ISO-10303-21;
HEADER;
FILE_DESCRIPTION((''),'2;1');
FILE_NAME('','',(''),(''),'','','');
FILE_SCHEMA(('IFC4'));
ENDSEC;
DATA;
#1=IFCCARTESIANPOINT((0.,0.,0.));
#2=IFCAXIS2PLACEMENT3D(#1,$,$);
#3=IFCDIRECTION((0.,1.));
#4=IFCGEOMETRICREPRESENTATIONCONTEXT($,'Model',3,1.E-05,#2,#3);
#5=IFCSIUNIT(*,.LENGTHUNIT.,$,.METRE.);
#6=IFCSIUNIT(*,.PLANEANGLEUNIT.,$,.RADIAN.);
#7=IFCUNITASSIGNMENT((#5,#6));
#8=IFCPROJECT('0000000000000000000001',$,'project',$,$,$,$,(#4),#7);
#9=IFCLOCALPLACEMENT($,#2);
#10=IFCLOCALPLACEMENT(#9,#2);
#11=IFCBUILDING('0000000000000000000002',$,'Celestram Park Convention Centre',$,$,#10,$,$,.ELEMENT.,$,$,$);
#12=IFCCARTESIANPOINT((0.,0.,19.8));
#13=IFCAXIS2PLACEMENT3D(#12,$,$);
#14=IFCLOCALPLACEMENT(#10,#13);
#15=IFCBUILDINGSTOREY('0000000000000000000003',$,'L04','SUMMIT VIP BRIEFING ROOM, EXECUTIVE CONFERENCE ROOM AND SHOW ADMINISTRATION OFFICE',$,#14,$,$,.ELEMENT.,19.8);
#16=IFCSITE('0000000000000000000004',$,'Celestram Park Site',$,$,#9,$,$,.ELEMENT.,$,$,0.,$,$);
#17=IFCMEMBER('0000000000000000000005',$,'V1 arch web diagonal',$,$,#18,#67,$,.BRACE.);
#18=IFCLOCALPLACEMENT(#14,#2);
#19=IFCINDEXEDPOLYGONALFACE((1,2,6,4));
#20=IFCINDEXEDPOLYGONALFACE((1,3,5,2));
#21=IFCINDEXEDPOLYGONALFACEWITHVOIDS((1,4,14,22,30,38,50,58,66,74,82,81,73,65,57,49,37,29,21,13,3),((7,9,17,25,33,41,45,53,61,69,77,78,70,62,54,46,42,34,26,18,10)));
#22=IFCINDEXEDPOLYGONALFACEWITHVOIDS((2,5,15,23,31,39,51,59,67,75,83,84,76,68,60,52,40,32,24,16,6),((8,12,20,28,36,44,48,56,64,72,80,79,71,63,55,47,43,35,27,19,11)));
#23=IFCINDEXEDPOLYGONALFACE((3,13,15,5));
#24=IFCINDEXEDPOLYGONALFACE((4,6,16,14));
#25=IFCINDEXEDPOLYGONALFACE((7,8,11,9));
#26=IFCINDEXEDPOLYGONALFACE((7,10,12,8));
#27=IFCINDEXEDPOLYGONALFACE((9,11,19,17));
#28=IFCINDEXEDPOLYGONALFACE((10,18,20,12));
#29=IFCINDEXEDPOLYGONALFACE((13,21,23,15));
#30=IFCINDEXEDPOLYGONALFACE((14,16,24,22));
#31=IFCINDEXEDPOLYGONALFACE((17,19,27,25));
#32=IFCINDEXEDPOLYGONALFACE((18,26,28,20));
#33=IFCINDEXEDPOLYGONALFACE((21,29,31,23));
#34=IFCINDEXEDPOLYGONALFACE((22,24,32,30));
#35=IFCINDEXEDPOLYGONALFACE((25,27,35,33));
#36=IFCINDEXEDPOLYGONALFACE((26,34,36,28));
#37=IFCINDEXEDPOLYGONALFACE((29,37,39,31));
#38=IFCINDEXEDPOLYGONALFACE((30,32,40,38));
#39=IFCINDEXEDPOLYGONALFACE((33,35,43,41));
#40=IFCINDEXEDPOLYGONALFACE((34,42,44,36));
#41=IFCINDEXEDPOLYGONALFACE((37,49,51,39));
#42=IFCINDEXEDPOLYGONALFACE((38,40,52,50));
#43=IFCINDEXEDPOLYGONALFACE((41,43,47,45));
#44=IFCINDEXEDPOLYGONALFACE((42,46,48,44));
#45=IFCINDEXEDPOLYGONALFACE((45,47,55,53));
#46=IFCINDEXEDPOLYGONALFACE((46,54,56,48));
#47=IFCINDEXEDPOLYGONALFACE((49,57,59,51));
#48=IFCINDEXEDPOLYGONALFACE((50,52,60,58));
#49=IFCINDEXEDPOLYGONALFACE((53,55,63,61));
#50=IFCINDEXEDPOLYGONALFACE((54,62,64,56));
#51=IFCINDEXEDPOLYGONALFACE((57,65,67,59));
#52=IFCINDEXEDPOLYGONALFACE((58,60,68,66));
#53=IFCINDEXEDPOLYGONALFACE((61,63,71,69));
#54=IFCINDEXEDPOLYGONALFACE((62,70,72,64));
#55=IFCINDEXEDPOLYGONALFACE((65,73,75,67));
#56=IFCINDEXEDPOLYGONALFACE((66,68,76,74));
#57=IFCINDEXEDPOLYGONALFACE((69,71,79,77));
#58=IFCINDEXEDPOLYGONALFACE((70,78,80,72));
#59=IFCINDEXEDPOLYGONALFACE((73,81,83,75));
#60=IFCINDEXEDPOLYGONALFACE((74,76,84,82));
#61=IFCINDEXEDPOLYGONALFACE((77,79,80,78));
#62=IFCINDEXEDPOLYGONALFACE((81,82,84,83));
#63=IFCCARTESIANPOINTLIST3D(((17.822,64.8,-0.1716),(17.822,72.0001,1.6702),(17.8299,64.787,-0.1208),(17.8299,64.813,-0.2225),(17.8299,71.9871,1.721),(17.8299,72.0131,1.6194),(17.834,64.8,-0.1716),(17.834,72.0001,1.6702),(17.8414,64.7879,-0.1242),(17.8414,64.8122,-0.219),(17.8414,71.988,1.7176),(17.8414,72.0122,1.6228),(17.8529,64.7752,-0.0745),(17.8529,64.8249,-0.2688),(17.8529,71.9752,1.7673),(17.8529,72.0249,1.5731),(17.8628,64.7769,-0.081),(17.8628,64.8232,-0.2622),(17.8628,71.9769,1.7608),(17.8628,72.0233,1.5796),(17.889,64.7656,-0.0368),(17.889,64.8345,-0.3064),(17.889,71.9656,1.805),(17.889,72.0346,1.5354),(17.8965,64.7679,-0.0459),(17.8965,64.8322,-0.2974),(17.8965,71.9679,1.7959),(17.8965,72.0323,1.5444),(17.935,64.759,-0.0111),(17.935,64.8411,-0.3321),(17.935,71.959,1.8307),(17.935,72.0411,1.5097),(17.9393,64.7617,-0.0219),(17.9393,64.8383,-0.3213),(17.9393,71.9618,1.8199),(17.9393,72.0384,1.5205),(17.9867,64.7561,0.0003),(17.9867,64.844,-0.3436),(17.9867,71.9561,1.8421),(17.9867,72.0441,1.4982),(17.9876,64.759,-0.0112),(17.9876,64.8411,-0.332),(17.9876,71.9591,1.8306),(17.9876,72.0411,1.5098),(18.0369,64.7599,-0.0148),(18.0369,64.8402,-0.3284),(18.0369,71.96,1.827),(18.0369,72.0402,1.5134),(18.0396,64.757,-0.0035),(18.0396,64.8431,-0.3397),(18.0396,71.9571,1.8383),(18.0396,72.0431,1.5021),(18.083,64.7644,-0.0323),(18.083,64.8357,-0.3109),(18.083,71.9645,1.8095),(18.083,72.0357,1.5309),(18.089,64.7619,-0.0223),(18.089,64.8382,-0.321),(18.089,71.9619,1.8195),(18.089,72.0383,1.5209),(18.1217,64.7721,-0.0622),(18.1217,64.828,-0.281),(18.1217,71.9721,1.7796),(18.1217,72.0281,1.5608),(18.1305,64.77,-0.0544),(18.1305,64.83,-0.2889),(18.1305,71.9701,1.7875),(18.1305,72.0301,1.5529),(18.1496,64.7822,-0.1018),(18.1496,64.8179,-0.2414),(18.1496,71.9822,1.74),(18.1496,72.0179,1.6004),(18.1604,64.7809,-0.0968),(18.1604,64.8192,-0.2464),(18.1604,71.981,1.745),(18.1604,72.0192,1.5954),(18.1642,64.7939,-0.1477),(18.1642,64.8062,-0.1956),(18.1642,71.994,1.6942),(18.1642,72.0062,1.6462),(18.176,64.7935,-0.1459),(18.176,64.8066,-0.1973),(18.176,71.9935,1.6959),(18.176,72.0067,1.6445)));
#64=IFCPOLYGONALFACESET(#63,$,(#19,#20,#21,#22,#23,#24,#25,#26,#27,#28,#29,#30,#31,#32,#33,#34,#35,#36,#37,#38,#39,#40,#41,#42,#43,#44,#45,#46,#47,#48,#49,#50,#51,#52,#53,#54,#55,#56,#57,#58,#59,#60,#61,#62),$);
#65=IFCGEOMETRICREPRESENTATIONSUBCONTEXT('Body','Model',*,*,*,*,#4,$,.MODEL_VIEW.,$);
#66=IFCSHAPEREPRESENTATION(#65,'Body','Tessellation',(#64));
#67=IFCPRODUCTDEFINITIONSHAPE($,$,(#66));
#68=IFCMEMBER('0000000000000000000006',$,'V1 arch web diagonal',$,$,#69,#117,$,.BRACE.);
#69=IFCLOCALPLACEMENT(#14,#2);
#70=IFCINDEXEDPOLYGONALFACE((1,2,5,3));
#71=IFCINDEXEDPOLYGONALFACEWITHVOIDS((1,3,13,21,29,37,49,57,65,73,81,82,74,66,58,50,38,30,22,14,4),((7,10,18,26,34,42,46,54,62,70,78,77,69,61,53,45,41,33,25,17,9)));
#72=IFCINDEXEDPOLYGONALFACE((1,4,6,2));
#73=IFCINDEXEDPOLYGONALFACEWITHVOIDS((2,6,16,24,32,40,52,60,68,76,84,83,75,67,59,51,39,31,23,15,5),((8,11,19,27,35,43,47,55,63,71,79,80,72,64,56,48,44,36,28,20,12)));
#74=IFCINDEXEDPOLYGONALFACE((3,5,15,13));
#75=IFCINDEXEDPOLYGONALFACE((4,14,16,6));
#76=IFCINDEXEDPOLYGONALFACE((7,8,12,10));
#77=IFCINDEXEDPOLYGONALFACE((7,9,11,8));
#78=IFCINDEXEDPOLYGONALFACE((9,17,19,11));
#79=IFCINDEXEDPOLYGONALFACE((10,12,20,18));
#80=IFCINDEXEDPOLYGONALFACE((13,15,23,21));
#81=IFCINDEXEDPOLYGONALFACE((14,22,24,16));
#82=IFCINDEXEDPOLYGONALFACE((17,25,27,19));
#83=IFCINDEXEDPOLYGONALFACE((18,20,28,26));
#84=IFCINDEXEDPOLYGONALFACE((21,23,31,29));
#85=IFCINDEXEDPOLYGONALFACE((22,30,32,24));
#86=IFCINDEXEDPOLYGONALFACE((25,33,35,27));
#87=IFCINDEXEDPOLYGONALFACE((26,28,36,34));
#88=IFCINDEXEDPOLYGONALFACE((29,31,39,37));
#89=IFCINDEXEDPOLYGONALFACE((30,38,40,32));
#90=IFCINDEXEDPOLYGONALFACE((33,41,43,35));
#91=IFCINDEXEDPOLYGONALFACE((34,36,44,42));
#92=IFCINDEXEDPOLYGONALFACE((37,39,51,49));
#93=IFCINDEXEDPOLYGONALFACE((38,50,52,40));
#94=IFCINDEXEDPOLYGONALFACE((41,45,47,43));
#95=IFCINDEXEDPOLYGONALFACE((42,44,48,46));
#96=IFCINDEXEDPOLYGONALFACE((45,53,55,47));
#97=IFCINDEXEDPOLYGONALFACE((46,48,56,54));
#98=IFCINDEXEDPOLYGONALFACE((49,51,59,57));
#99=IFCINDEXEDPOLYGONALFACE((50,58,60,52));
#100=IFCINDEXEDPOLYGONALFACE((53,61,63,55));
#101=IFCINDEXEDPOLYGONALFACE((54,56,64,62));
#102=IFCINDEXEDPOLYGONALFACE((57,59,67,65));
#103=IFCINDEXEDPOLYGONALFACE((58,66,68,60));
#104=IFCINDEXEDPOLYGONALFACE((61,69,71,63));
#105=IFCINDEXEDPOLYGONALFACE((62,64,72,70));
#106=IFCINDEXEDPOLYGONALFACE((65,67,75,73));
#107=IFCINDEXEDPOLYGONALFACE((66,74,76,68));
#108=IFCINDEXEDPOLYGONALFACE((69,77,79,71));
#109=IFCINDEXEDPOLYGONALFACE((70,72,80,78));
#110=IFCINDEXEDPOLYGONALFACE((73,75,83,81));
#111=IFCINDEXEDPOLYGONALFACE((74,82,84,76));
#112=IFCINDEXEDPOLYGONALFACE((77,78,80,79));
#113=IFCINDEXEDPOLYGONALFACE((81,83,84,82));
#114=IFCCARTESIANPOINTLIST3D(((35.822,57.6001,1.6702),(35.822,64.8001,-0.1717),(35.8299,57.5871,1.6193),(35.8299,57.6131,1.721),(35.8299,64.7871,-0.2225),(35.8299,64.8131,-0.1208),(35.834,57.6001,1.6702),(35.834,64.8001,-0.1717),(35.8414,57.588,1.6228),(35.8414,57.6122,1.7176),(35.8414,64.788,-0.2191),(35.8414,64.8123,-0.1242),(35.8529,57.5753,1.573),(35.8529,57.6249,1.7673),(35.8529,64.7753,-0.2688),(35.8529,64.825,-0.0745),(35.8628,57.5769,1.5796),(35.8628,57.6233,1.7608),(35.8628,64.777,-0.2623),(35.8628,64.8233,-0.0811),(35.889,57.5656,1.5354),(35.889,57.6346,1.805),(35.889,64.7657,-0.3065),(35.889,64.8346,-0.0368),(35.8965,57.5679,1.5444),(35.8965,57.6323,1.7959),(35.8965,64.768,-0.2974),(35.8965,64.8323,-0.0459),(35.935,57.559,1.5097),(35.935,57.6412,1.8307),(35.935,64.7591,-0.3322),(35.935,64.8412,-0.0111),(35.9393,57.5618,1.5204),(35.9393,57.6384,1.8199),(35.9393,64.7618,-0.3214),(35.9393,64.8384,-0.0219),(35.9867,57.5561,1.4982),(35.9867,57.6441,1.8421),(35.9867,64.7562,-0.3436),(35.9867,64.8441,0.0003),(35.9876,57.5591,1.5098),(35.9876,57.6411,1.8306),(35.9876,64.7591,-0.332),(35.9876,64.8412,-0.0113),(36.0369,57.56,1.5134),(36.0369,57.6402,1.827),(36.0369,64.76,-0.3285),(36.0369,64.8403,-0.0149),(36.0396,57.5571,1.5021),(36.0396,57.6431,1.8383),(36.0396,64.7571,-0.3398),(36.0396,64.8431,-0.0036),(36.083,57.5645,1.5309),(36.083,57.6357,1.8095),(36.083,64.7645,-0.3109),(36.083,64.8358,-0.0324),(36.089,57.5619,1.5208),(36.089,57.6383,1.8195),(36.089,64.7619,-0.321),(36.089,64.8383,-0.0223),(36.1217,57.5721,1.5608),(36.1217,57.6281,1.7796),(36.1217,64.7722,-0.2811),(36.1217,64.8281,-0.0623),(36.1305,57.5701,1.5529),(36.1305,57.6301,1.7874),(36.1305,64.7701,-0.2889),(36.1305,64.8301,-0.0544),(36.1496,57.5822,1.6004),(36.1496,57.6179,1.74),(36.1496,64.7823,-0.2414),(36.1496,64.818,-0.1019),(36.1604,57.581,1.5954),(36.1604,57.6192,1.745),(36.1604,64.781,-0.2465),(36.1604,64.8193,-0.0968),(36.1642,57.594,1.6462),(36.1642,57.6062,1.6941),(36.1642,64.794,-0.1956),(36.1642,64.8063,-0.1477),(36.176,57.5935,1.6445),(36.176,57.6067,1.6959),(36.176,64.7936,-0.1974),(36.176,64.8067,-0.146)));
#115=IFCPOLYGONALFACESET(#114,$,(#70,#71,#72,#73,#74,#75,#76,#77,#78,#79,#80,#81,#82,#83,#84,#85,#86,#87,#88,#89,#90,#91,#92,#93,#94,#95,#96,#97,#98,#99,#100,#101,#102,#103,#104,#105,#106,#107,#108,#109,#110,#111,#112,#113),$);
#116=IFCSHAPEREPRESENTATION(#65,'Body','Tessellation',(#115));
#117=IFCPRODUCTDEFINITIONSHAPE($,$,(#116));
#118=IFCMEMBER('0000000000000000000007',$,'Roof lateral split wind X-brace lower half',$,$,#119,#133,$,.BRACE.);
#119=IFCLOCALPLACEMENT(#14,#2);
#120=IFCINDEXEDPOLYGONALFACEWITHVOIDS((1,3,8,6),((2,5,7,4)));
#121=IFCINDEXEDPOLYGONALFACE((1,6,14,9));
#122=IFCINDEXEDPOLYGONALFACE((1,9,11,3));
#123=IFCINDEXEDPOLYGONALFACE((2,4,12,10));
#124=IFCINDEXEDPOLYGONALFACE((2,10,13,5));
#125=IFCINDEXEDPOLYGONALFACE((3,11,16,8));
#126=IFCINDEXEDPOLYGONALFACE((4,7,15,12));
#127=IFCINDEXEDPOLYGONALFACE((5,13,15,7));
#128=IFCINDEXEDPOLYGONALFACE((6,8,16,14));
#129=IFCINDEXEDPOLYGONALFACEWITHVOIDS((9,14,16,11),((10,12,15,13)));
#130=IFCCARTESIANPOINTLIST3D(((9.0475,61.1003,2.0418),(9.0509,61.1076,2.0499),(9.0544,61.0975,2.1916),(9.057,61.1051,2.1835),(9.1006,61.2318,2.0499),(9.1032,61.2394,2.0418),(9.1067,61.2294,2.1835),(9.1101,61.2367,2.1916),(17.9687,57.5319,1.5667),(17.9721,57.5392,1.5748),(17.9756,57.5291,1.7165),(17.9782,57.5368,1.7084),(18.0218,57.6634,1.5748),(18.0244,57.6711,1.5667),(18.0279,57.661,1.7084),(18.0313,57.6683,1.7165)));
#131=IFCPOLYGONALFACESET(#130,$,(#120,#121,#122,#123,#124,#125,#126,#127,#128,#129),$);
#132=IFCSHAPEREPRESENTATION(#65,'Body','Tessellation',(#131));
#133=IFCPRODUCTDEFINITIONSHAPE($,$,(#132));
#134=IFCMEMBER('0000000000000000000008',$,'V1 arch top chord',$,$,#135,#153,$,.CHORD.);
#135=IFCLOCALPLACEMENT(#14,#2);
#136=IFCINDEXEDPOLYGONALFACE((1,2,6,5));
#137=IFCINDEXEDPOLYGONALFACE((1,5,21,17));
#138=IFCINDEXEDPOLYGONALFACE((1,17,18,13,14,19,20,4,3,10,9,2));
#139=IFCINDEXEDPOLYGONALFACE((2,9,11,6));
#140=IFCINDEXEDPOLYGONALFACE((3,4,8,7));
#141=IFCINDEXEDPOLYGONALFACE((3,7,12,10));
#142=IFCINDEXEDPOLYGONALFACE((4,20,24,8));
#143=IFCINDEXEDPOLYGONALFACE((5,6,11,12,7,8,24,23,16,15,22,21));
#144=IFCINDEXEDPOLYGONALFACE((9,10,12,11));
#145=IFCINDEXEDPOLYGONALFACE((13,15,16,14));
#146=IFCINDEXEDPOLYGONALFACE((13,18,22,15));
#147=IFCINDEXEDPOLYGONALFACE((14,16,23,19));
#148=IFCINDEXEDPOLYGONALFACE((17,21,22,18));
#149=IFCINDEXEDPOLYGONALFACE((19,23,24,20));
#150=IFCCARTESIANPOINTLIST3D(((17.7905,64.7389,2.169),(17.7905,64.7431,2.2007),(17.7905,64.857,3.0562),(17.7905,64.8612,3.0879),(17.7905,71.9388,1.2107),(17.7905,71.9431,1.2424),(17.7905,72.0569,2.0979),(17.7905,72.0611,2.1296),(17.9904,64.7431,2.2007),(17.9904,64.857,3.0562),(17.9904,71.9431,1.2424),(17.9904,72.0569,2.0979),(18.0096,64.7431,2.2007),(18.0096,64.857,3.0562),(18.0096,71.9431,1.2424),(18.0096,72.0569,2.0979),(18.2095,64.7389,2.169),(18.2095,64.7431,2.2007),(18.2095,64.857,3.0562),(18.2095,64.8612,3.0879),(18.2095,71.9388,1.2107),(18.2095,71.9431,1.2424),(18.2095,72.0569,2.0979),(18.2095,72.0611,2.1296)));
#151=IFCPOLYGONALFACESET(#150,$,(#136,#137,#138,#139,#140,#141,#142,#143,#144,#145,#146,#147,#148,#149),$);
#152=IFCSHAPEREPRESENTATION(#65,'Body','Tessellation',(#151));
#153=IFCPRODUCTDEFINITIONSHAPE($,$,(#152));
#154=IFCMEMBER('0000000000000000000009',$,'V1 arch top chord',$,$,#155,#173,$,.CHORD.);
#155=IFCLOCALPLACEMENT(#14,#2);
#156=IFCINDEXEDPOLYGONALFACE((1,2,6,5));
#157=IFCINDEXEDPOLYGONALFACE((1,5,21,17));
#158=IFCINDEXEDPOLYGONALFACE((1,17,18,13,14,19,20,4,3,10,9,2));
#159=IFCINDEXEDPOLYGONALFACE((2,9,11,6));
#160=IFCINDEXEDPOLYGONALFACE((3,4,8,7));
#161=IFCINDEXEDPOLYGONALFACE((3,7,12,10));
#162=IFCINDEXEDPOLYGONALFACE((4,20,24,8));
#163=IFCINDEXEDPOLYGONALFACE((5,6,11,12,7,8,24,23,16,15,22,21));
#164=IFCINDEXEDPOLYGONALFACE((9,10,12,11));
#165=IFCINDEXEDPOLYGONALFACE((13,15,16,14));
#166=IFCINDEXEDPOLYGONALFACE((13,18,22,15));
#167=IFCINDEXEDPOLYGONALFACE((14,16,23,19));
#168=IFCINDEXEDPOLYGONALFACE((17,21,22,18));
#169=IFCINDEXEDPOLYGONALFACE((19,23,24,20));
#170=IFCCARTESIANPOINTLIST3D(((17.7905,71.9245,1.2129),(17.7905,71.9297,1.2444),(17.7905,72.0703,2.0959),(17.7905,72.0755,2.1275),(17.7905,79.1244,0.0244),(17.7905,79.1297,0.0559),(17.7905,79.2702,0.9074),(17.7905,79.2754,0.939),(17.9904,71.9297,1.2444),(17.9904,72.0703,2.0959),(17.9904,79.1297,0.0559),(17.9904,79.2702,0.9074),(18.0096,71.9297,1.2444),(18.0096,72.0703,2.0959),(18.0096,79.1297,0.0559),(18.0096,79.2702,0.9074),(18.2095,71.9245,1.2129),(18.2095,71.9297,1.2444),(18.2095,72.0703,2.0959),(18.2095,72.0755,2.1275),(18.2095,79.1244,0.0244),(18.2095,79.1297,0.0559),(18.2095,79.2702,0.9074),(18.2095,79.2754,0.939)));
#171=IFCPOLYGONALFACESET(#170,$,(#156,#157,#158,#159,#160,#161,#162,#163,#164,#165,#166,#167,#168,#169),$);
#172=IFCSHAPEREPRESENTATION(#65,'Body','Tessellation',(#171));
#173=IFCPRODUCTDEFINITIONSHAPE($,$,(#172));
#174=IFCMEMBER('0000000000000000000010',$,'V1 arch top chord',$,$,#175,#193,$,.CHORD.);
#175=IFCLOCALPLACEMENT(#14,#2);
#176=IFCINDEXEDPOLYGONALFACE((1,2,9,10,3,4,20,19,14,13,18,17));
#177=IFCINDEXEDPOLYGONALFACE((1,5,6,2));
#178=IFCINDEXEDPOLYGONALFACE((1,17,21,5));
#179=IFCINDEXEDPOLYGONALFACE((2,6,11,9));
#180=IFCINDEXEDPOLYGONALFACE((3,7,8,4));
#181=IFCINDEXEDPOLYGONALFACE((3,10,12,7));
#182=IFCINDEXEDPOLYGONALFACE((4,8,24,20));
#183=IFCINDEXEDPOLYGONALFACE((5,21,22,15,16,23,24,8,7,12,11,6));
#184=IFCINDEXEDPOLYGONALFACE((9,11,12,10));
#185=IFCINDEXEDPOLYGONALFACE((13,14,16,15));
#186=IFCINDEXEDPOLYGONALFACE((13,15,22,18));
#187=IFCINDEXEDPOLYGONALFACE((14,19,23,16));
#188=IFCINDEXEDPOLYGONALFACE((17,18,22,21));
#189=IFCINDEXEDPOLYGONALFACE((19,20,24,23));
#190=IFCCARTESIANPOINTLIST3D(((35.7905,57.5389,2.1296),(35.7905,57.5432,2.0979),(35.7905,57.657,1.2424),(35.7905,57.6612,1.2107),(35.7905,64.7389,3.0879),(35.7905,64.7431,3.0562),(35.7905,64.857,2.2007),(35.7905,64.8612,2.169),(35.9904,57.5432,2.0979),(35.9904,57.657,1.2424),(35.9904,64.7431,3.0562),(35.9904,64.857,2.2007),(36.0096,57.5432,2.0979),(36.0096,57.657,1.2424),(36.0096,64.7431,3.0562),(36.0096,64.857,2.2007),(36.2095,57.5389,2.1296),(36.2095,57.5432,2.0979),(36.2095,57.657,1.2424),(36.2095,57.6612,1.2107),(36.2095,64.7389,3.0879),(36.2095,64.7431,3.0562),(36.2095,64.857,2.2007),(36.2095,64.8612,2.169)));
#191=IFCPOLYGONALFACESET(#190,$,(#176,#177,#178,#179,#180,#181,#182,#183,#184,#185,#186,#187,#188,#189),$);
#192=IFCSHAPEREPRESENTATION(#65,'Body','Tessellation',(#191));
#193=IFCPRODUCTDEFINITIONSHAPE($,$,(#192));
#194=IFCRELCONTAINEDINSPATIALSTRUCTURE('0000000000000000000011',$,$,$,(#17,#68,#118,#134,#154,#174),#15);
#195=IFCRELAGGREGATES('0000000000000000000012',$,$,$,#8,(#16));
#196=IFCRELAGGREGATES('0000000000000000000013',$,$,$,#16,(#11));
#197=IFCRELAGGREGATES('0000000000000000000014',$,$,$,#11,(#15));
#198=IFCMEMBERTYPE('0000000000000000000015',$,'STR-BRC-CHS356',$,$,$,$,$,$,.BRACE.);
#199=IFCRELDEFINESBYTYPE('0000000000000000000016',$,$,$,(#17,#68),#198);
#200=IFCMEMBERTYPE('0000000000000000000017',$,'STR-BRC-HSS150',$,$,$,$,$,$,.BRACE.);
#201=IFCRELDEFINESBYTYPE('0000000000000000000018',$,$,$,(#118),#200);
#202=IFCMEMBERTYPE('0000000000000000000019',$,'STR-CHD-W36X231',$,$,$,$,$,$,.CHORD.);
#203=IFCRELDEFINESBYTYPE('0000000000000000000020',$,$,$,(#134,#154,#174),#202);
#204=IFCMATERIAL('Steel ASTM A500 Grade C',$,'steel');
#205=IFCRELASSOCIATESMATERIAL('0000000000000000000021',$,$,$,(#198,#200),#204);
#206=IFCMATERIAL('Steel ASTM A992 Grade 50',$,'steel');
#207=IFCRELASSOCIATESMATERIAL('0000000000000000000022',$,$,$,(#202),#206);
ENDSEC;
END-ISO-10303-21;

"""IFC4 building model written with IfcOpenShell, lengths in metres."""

from ifc_helpers import new_model, si_unit, direction, frame, origin, origin_2d, place, context, subcontext, project, spatial, hollow_rectangle, hollow_circle, i_section, extrude, material, material_profile, profile_set, type_object, element, save


model = new_model("IFC4")

# Units and contexts
model_context = context("Model", 3, precision=1e-05, world=origin(), true_north=direction((0.0, 1.0)))
body_context = subcontext(model_context, "Body", "Model", "MODEL_VIEW")
ifc_project = project(units=[si_unit("LENGTHUNIT", "METRE"), si_unit("PLANEANGLEUNIT", "RADIAN")], contexts=[model_context])

# Site, building, storey
site_placement = place(None, origin())
site = spatial("IfcSite", under=ifc_project, at=site_placement, Name="Celestram Park Site", CompositionType="ELEMENT", RefElevation=0.0)
building_placement = place(site_placement, origin())
building = spatial("IfcBuilding", under=site, at=building_placement, Name="Celestram Park Convention Centre", CompositionType="ELEMENT")
storey_placement = place(building_placement, frame((0.0, 0.0, 19.8)))
storey = spatial("IfcBuildingStorey", under=building, at=storey_placement, Name="L04", Description="SUMMIT VIP BRIEFING ROOM, EXECUTIVE CONFERENCE ROOM AND SHOW ADMINISTRATION OFFICE", CompositionType="ELEMENT", Elevation=19.8)

# Members
ifc_material_1 = material(Name="Steel ASTM A500 Grade C", Category="steel")
ifc_material_profile_1 = material_profile(ifc_material_1, hollow_circle(Radius=0.178, WallThickness=0.012, at=origin_2d()), Name="CHS356X12")
ifc_profile_set_1 = profile_set([ifc_material_profile_1], Name="Steel ASTM A500 Grade C")
member_type_1 = type_object("IfcMemberType", Name="STR-BRC-CHS356", PredefinedType="BRACE", material=ifc_profile_set_1)
for number, where, z_axis, x_axis, name in (
    (1, (18.0, 64.8, -0.1716), (0.0, 0.968804, 0.247827), (-1.0, 0.0, 0.0), "V1 arch web diagonal"),
    (2, (36.0, 57.6001, 1.6702), (0.0, 0.968804, -0.247827), (-1.0, 0.0, 0.0), "V1 arch web diagonal"),
):
    element("IfcMember", number, at=place(storey_placement, frame(where, z_axis=z_axis, x_axis=x_axis)), inside=storey, type_object=member_type_1, Name=name, PredefinedType="BRACE", context=body_context, shape_type="SweptSolid", body=[
        extrude(hollow_circle(Radius=0.178, WallThickness=0.012, at=origin_2d()), origin(), (0.0, 0.0, 1.0), 7.4319),
    ])
ifc_material_profile_2 = material_profile(ifc_material_1, hollow_rectangle(XDim=0.1499, YDim=0.1499, WallThickness=0.0081, at=origin_2d()), Name="HSS150X150X8")
ifc_profile_set_2 = profile_set([ifc_material_profile_2], Name="Steel ASTM A500 Grade C")
member_type_2 = type_object("IfcMemberType", Name="STR-BRC-HSS150", PredefinedType="BRACE", material=ifc_profile_set_2)
member_1_placement = place(storey_placement, frame((18.0, 57.6001, 1.6416), z_axis=(-0.927347, 0.370929, 0.049386), x_axis=(-0.371382, -0.92848, 0.0)))
element("IfcMember", 3, at=member_1_placement, inside=storey, type_object=member_type_2, Name="Roof lateral split wind X-brace lower half", PredefinedType="BRACE", context=body_context, shape_type="SweptSolid", body=[
    extrude(hollow_rectangle(XDim=0.1499, YDim=0.1499, WallThickness=0.0081, at=origin_2d()), origin(), (0.0, 0.0, 1.0), 9.6201),
])
ifc_material_2 = material(Name="Steel ASTM A992 Grade 50", Category="steel")
ifc_material_profile_3 = material_profile(ifc_material_2, i_section(OverallWidth=0.4189, OverallDepth=0.927, WebThickness=0.0193, FlangeThickness=0.032, at=origin_2d()), Name="W36X231")
ifc_profile_set_3 = profile_set([ifc_material_profile_3], Name="Steel ASTM A992 Grade 50")
member_type_3 = type_object("IfcMemberType", Name="STR-CHD-W36X231", PredefinedType="CHORD", material=ifc_profile_set_3)
member_2_placement = place(storey_placement, frame((18.0, 64.8, 2.6284), z_axis=(0.0, 0.991259, -0.131928), x_axis=(-1.0, 0.0, 0.0)))
element("IfcMember", 4, at=member_2_placement, inside=storey, type_object=member_type_3, Name="V1 arch top chord", PredefinedType="CHORD", context=body_context, shape_type="SweptSolid", body=[
    extrude(i_section(OverallWidth=0.4189, OverallDepth=0.927, WebThickness=0.0193, FlangeThickness=0.032, at=origin_2d()), origin(), (0.0, 0.0, 1.0), 7.2634),
])
member_3_placement = place(storey_placement, frame((18.0, 72.0, 1.6702), z_axis=(0.0, 0.986649, -0.162863), x_axis=(-1.0, 0.0, 0.0)))
element("IfcMember", 5, at=member_3_placement, inside=storey, type_object=member_type_3, Name="V1 arch top chord", PredefinedType="CHORD", context=body_context, shape_type="SweptSolid", body=[
    extrude(i_section(OverallWidth=0.4189, OverallDepth=0.927, WebThickness=0.0193, FlangeThickness=0.032, at=origin_2d()), origin(), (0.0, 0.0, 1.0), 7.2974),
])
for number, where, z_axis, x_axis, name in (
    (6, (36.0, 57.6001, 1.6702), (0.0, 0.991259, 0.131928), (-1.0, 0.0, 0.0), "V1 arch top chord"),
):
    element("IfcMember", number, at=place(storey_placement, frame(where, z_axis=z_axis, x_axis=x_axis)), inside=storey, type_object=member_type_3, Name=name, PredefinedType="CHORD", context=body_context, shape_type="SweptSolid", body=[
        extrude(i_section(OverallWidth=0.4189, OverallDepth=0.927, WebThickness=0.0193, FlangeThickness=0.032, at=origin_2d()), origin(), (0.0, 0.0, 1.0), 7.2634),
    ])

save(model, "model.ifc")
